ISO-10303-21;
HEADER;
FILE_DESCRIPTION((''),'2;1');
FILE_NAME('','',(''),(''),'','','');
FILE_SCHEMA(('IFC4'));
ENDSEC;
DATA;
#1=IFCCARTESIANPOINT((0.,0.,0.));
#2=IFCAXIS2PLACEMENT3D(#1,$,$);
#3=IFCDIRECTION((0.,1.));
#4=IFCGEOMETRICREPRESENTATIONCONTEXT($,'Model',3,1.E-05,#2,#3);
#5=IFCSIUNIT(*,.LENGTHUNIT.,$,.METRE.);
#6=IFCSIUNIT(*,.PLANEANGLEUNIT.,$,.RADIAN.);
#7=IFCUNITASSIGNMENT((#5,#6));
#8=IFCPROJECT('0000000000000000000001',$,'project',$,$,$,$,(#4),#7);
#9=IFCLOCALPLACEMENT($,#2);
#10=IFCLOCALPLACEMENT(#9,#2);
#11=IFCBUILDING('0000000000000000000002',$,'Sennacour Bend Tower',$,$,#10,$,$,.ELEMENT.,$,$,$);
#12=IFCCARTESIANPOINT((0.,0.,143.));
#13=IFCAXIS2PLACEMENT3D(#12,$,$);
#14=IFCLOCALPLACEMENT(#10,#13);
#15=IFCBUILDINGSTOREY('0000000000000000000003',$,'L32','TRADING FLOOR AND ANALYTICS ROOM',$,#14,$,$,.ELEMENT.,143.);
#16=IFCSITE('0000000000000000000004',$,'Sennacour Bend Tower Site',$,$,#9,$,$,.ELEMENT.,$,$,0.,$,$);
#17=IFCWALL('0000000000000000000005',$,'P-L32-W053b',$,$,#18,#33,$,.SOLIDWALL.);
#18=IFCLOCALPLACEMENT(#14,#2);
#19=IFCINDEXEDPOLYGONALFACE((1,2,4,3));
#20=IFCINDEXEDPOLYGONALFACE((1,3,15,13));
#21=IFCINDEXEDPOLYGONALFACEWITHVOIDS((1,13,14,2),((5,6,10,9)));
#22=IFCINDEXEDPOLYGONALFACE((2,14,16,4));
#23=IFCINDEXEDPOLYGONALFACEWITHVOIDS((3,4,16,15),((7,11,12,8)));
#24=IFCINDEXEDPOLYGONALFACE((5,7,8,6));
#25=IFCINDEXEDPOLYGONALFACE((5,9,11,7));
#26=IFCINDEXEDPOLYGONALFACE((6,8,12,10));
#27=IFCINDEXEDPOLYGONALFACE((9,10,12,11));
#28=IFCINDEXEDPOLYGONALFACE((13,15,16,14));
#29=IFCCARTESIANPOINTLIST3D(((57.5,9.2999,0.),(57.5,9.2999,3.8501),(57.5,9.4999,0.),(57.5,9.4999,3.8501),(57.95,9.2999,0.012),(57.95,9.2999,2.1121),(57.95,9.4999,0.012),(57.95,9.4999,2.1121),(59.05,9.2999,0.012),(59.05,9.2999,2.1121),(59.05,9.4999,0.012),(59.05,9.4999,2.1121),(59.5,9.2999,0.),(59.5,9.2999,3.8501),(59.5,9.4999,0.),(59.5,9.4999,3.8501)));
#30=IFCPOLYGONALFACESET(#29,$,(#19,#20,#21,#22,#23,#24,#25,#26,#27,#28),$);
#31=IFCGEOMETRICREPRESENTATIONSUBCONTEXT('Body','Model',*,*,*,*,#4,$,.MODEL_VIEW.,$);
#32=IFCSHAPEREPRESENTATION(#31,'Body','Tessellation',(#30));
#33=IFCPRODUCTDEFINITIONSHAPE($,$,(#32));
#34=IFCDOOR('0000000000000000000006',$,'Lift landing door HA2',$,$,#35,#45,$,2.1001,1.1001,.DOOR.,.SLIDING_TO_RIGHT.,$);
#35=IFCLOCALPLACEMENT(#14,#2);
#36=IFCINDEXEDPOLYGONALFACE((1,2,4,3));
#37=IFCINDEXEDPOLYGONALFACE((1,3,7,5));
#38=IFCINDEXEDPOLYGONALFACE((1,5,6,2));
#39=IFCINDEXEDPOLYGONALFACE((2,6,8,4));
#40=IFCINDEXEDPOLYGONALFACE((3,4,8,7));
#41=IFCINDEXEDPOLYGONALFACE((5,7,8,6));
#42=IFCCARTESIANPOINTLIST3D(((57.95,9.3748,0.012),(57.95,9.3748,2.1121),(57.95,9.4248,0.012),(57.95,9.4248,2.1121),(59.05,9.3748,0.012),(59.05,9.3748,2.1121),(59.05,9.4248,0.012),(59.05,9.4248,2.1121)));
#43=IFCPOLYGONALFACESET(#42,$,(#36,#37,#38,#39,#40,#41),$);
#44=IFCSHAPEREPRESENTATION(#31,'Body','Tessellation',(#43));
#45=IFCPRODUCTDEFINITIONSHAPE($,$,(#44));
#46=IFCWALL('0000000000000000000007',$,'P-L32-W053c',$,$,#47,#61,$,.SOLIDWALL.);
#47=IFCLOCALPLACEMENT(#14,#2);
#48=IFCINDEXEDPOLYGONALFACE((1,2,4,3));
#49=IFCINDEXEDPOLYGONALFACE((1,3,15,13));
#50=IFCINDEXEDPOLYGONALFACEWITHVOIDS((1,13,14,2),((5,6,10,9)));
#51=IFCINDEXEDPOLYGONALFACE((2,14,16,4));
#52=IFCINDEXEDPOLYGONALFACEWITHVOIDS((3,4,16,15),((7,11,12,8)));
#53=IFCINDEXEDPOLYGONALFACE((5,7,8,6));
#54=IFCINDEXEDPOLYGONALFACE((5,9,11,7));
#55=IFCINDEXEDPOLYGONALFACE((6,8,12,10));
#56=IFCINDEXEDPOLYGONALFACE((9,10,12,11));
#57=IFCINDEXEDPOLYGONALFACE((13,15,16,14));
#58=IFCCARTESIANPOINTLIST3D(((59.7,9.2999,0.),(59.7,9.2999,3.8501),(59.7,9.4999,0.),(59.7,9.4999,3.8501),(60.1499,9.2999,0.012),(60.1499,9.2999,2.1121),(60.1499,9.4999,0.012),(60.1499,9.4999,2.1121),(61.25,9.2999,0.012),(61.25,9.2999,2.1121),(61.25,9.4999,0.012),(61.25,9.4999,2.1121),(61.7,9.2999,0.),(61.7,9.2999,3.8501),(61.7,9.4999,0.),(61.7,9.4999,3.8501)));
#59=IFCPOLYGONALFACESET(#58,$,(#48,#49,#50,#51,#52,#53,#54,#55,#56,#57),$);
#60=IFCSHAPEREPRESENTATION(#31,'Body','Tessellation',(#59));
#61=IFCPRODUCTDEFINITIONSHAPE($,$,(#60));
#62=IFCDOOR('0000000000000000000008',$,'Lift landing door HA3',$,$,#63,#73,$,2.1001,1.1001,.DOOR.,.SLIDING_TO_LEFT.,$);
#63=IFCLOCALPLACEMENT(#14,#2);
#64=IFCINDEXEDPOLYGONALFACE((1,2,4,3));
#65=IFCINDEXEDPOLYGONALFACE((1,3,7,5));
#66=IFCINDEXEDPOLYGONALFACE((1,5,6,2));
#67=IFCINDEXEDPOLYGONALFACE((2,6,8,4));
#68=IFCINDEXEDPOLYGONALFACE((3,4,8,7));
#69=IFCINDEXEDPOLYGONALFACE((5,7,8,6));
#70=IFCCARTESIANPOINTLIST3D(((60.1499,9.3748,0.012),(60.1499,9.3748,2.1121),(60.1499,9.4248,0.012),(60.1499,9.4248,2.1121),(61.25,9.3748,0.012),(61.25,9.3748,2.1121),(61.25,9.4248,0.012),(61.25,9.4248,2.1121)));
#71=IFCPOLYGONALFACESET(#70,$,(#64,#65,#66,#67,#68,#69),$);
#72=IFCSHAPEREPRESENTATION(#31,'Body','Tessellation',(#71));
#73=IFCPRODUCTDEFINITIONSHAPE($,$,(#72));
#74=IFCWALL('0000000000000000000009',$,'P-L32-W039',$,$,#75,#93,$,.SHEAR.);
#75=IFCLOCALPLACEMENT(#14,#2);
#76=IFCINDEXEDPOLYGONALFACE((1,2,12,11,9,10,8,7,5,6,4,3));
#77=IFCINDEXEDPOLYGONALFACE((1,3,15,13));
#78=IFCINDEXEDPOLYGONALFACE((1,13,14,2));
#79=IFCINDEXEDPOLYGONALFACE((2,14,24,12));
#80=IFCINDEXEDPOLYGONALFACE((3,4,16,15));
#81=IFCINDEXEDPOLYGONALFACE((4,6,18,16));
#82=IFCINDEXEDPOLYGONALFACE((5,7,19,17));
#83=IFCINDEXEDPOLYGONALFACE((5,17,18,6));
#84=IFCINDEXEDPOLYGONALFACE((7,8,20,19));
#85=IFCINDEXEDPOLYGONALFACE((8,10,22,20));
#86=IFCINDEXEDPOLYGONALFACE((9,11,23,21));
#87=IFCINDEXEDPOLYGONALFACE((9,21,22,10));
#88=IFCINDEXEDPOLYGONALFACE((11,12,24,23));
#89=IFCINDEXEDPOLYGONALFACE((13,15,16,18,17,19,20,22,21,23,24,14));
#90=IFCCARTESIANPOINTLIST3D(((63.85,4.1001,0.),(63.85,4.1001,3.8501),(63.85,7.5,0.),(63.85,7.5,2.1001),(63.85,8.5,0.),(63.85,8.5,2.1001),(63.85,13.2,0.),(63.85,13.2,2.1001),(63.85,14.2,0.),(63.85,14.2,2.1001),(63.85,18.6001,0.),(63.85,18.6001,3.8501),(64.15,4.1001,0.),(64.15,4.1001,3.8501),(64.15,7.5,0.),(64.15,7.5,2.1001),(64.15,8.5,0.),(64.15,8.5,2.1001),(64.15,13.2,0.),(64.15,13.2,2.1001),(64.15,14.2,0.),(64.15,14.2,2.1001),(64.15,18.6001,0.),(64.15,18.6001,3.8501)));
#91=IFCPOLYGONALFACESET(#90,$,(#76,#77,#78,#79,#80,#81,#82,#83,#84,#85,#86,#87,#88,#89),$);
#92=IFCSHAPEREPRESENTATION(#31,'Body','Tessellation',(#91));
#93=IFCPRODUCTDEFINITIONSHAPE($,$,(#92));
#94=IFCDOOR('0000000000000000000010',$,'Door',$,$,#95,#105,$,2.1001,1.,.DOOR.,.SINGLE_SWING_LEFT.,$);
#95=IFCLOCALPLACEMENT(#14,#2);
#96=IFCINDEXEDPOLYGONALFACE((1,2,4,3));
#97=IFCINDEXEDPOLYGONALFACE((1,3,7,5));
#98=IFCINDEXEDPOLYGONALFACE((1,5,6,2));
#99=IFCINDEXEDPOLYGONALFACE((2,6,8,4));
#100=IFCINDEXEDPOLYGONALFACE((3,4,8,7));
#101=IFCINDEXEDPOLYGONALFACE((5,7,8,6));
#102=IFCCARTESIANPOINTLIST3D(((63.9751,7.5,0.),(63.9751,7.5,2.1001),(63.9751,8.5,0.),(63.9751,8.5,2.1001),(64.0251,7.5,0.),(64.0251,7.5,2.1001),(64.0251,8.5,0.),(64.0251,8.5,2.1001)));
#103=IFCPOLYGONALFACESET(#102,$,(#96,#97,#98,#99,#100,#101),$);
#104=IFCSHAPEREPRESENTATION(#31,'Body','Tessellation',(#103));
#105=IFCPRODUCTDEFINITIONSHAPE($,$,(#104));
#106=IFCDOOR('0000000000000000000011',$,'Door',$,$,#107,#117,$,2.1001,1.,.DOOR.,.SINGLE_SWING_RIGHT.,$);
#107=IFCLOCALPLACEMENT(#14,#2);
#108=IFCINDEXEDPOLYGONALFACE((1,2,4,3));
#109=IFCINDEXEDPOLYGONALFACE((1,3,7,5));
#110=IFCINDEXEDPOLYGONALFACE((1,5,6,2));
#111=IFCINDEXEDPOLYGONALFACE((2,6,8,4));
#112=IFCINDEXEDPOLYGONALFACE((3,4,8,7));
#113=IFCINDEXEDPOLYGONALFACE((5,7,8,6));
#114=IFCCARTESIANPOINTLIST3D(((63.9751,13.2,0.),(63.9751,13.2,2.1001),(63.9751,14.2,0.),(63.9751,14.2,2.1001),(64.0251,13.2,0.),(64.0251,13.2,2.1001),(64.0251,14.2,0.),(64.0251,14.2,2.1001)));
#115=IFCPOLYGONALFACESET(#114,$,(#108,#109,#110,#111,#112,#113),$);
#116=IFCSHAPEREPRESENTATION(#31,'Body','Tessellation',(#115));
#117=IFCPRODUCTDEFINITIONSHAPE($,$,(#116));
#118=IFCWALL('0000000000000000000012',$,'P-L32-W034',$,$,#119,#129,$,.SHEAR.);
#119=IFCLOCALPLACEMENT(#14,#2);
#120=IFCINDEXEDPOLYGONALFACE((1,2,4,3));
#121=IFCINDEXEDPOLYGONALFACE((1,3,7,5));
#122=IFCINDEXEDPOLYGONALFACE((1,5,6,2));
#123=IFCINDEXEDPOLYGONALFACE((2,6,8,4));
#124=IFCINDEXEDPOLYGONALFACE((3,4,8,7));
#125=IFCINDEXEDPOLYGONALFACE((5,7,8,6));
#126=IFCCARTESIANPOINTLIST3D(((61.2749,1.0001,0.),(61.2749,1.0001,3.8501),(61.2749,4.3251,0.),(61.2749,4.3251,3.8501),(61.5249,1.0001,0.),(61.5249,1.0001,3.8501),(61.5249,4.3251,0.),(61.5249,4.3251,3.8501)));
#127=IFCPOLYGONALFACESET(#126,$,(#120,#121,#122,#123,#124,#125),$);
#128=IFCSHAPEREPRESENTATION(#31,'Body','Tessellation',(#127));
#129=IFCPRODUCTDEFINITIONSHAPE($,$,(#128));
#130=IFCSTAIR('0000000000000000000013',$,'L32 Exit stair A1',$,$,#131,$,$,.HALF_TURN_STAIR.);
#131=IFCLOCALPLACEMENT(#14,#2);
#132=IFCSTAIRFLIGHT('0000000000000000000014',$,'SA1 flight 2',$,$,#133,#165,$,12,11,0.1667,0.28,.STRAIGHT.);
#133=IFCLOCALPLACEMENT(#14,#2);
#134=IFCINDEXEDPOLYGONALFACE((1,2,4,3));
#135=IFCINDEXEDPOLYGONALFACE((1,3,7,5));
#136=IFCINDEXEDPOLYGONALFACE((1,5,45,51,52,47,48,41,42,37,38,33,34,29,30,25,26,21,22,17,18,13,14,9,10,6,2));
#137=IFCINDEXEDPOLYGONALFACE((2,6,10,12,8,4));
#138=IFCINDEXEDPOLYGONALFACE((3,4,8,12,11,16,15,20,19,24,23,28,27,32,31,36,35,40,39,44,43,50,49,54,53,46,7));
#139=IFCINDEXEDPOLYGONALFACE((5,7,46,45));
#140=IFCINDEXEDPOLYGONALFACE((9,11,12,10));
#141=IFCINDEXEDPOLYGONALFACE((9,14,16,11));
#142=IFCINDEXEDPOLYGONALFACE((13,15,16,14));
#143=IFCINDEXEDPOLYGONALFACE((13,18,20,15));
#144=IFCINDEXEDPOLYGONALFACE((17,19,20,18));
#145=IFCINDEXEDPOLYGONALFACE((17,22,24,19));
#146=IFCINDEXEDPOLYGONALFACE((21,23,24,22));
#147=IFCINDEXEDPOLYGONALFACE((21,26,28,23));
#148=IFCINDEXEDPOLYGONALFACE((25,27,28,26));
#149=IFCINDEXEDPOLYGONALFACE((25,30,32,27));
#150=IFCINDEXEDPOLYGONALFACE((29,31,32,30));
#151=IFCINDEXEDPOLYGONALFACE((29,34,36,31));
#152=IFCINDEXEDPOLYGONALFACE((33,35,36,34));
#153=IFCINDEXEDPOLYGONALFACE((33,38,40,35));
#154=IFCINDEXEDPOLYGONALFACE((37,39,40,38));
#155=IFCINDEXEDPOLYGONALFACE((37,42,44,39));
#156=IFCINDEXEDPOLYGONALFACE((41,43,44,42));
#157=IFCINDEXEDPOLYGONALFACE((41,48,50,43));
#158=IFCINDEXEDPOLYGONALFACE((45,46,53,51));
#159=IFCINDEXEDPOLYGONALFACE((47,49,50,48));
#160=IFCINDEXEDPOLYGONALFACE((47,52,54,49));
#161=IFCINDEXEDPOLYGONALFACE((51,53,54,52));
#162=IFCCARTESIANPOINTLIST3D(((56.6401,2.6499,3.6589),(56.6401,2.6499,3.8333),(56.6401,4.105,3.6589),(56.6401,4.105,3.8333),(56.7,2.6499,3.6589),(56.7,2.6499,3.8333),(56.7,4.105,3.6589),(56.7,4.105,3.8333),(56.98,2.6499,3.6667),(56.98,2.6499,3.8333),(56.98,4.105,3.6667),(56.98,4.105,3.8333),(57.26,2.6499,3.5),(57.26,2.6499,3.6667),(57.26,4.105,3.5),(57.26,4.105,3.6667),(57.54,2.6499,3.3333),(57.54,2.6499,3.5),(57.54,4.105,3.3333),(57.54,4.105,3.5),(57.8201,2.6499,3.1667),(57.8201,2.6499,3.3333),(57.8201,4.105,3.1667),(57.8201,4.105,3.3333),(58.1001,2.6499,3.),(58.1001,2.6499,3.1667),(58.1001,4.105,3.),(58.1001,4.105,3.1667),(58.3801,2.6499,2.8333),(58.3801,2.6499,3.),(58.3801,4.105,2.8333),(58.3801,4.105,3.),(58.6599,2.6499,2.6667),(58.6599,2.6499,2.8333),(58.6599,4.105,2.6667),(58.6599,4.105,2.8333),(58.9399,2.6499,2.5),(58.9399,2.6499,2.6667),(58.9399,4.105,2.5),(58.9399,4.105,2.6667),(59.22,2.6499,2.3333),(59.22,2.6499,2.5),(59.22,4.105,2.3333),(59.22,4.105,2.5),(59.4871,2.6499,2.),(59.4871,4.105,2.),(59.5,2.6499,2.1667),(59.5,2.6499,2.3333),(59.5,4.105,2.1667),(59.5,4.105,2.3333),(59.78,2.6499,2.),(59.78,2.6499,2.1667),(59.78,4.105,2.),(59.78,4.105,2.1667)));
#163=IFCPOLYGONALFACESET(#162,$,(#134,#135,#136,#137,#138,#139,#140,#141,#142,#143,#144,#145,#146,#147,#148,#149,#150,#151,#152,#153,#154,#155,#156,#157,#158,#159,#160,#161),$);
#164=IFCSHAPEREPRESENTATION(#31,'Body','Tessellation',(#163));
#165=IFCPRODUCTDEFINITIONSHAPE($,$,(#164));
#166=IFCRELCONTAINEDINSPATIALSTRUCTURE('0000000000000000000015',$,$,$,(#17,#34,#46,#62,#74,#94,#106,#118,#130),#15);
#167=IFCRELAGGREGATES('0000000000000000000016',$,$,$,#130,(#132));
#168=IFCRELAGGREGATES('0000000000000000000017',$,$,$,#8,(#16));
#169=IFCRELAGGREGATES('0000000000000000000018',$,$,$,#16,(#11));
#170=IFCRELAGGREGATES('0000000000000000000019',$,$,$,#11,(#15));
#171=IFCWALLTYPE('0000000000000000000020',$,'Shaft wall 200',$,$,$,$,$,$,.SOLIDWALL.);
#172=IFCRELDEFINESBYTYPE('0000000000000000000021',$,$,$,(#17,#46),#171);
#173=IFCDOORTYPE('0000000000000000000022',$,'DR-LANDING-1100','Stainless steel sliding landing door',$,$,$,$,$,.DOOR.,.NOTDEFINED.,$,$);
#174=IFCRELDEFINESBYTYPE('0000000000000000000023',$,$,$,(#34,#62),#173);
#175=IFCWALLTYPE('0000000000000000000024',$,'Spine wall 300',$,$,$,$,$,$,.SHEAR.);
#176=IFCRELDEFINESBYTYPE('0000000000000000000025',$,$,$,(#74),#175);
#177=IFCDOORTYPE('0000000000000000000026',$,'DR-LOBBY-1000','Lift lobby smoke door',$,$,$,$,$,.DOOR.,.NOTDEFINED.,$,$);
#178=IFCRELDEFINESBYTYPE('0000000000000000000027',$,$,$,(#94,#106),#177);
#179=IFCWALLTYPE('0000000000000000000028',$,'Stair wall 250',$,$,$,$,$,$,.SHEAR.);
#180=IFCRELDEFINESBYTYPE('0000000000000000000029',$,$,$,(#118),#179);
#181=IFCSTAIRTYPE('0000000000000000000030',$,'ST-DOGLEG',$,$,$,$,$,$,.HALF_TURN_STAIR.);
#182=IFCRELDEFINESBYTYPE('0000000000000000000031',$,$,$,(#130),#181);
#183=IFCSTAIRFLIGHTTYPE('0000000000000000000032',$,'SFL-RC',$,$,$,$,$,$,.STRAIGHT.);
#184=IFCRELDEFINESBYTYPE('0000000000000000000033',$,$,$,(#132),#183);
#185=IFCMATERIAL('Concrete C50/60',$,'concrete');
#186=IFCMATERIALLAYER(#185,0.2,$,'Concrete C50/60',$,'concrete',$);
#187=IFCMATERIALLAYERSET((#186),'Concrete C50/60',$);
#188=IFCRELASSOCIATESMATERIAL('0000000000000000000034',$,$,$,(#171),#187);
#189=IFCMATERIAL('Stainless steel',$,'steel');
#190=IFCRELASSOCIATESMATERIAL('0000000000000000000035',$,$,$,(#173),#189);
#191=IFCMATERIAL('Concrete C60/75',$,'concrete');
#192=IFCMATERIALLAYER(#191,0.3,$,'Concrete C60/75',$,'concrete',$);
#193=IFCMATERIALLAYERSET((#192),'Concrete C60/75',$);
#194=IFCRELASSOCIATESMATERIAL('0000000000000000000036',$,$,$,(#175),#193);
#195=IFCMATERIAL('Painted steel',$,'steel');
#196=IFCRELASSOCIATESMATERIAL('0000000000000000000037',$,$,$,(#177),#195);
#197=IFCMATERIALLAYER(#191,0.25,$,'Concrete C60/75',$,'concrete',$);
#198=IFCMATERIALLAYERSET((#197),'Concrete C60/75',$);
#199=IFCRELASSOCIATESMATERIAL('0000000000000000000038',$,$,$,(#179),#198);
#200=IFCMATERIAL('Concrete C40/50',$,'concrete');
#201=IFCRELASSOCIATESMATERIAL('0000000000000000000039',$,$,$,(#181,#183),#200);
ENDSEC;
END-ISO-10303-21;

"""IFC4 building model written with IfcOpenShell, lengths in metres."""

from ifc_helpers import new_model, si_unit, direction, frame, frame_2d, origin, place, context, subcontext, project, spatial, polyline, rectangle, outline, extrude, material, layer, layer_set, type_object, element, fill, aggregate, save


model = new_model("IFC4")

# Units and contexts
model_context = context("Model", 3, precision=1e-05, world=origin(), true_north=direction((0.0, 1.0)))
body_context = subcontext(model_context, "Body", "Model", "MODEL_VIEW")
ifc_project = project(units=[si_unit("LENGTHUNIT", "METRE"), si_unit("PLANEANGLEUNIT", "RADIAN")], contexts=[model_context])

# Site, building, storey
site_placement = place(None, origin())
site = spatial("IfcSite", under=ifc_project, at=site_placement, Name="Sennacour Bend Tower Site", CompositionType="ELEMENT", RefElevation=0.0)
building_placement = place(site_placement, origin())
building = spatial("IfcBuilding", under=site, at=building_placement, Name="Sennacour Bend Tower", CompositionType="ELEMENT")
storey_placement = place(building_placement, frame((0.0, 0.0, 143.0)))
storey = spatial("IfcBuildingStorey", under=building, at=storey_placement, Name="L32", Description="TRADING FLOOR AND ANALYTICS ROOM", CompositionType="ELEMENT", Elevation=143.0)

# Shared definitions
ifc_material_1 = material(Name="Concrete C60/75", Category="concrete")

# Shared definitions
ifc_material_2 = material(Name="Painted steel", Category="steel")

# Shared definitions
ifc_material_3 = material(Name="Concrete C50/60", Category="concrete")
ifc_layer_1 = layer(ifc_material_3, 0.2, Name="Concrete C50/60", Category="concrete")
ifc_layer_set_1 = layer_set([ifc_layer_1], Name="Concrete C50/60")
wall_type_1 = type_object("IfcWallType", Name="Shaft wall 200", PredefinedType="SOLIDWALL", material=ifc_layer_set_1)

# Walls, openings, doors
wall_1_placement = place(storey_placement, frame((57.5, 9.3999, 0.0), z_axis=(0.0, 0.0, 1.0), x_axis=(1.0, 0.0, 0.0)))
wall_1 = element("IfcWall", 1, at=wall_1_placement, inside=storey, type_object=wall_type_1, Name="P-L32-W053b", PredefinedType="SOLIDWALL", context=body_context, shape_type="SweptSolid", body=[
    extrude(rectangle(XDim=2.0, YDim=0.2, at=frame_2d((1.0, 0.0))), origin(), (0.0, 0.0, 1.0), 3.8501),
])
opening_1_placement = place(wall_1_placement, frame((0.45, 0.0, 0.012)))
opening_1 = element("IfcOpeningElement", 2, at=opening_1_placement, cuts=wall_1, PredefinedType="OPENING", context=body_context, shape_type="SweptSolid", body=[
    extrude(rectangle(XDim=1.1001, YDim=2.1001, at=frame_2d((0.55, 1.05))), frame((0.0, 0.1099, 0.0), z_axis=(0.0, -1.0, 0.0), x_axis=(1.0, 0.0, 0.0)), (0.0, 0.0, 1.0), 0.22),
])
ifc_material_4 = material(Name="Stainless steel", Category="steel")
door_type_1 = type_object("IfcDoorType", Name="DR-LANDING-1100", Description="Stainless steel sliding landing door", OperationType="NOTDEFINED", PredefinedType="DOOR", material=ifc_material_4)
door_1_placement = place(opening_1_placement, origin())
door_1 = element("IfcDoor", 3, at=door_1_placement, inside=storey, type_object=door_type_1, Name="Lift landing door HA2", OperationType="SLIDING_TO_RIGHT", OverallHeight=2.1001, OverallWidth=1.1001, PredefinedType="DOOR", context=body_context, shape_type="SweptSolid", body=[
    extrude(rectangle(XDim=1.1001, YDim=2.1001, at=frame_2d((0.55, 1.05))), frame((0.0, 0.0249, 0.0), z_axis=(0.0, -1.0, 0.0), x_axis=(1.0, 0.0, 0.0)), (0.0, 0.0, 1.0), 0.05),
])
fill(opening_1, door_1)
wall_2_placement = place(storey_placement, frame((59.7, 9.3999, 0.0), z_axis=(0.0, 0.0, 1.0), x_axis=(1.0, 0.0, 0.0)))
wall_2 = element("IfcWall", 4, at=wall_2_placement, inside=storey, type_object=wall_type_1, Name="P-L32-W053c", PredefinedType="SOLIDWALL", context=body_context, shape_type="SweptSolid", body=[
    extrude(rectangle(XDim=2.0, YDim=0.2, at=frame_2d((1.0, 0.0))), origin(), (0.0, 0.0, 1.0), 3.8501),
])
opening_2_placement = place(wall_2_placement, frame((0.45, 0.0, 0.012)))
opening_2 = element("IfcOpeningElement", 5, at=opening_2_placement, cuts=wall_2, PredefinedType="OPENING", context=body_context, shape_type="SweptSolid", body=[
    extrude(rectangle(XDim=1.1001, YDim=2.1001, at=frame_2d((0.55, 1.05))), frame((0.0, 0.1099, 0.0), z_axis=(0.0, -1.0, 0.0), x_axis=(1.0, 0.0, 0.0)), (0.0, 0.0, 1.0), 0.22),
])
door_2_placement = place(opening_2_placement, origin())
door_2 = element("IfcDoor", 6, at=door_2_placement, inside=storey, type_object=door_type_1, Name="Lift landing door HA3", OperationType="SLIDING_TO_LEFT", OverallHeight=2.1001, OverallWidth=1.1001, PredefinedType="DOOR", context=body_context, shape_type="SweptSolid", body=[
    extrude(rectangle(XDim=1.1001, YDim=2.1001, at=frame_2d((0.55, 1.05))), frame((0.0, 0.0249, 0.0), z_axis=(0.0, -1.0, 0.0), x_axis=(1.0, 0.0, 0.0)), (0.0, 0.0, 1.0), 0.05),
])
fill(opening_2, door_2)

# Wall, openings, doors
ifc_layer_2 = layer(ifc_material_1, 0.3, Name="Concrete C60/75", Category="concrete")
ifc_layer_set_2 = layer_set([ifc_layer_2], Name="Concrete C60/75")
wall_type_2 = type_object("IfcWallType", Name="Spine wall 300", PredefinedType="SHEAR", material=ifc_layer_set_2)
wall_3_placement = place(storey_placement, frame((64.0, 4.1001, 0.0), z_axis=(0.0, 0.0, 1.0), x_axis=(0.0, 1.0, 0.0)))
wall_3 = element("IfcWall", 7, at=wall_3_placement, inside=storey, type_object=wall_type_2, Name="P-L32-W039", PredefinedType="SHEAR", context=body_context, shape_type="SweptSolid", body=[
    extrude(rectangle(XDim=14.5, YDim=0.3, at=frame_2d((7.25, 0.0))), origin(), (0.0, 0.0, 1.0), 3.8501),
])
opening_3_placement = place(wall_3_placement, frame((3.3999, 0.0, 0.0)))
opening_3 = element("IfcOpeningElement", 8, at=opening_3_placement, cuts=wall_3, PredefinedType="OPENING", context=body_context, shape_type="SweptSolid", body=[
    extrude(rectangle(XDim=1.0, YDim=2.1001, at=frame_2d((0.5, 1.05))), frame((0.0, 0.1602, 0.0), z_axis=(0.0, -1.0, 0.0), x_axis=(1.0, 0.0, 0.0)), (0.0, 0.0, 1.0), 0.3201),
])
opening_4_placement = place(wall_3_placement, frame((9.0999, 0.0, 0.0)))
opening_4 = element("IfcOpeningElement", 9, at=opening_4_placement, cuts=wall_3, PredefinedType="OPENING", context=body_context, shape_type="SweptSolid", body=[
    extrude(rectangle(XDim=1.0, YDim=2.1001, at=frame_2d((0.5, 1.05))), frame((0.0, 0.1602, 0.0), z_axis=(0.0, -1.0, 0.0), x_axis=(1.0, 0.0, 0.0)), (0.0, 0.0, 1.0), 0.3201),
])
door_type_2 = type_object("IfcDoorType", Name="DR-LOBBY-1000", Description="Lift lobby smoke door", OperationType="NOTDEFINED", PredefinedType="DOOR", material=ifc_material_2)
door_3_placement = place(opening_3_placement, origin())
door_3 = element("IfcDoor", 10, at=door_3_placement, inside=storey, type_object=door_type_2, Name="Door", OperationType="SINGLE_SWING_LEFT", OverallHeight=2.1001, OverallWidth=1.0, PredefinedType="DOOR", context=body_context, shape_type="SweptSolid", body=[
    extrude(rectangle(XDim=1.0, YDim=2.1001, at=frame_2d((0.5, 1.05))), frame((0.0, 0.0249, 0.0), z_axis=(0.0, -1.0, 0.0), x_axis=(1.0, 0.0, 0.0)), (0.0, 0.0, 1.0), 0.05),
])
fill(opening_3, door_3)
door_4_placement = place(opening_4_placement, origin())
door_4 = element("IfcDoor", 11, at=door_4_placement, inside=storey, type_object=door_type_2, Name="Door", OperationType="SINGLE_SWING_RIGHT", OverallHeight=2.1001, OverallWidth=1.0, PredefinedType="DOOR", context=body_context, shape_type="SweptSolid", body=[
    extrude(rectangle(XDim=1.0, YDim=2.1001, at=frame_2d((0.5, 1.05))), frame((0.0, 0.0249, 0.0), z_axis=(0.0, -1.0, 0.0), x_axis=(1.0, 0.0, 0.0)), (0.0, 0.0, 1.0), 0.05),
])
fill(opening_4, door_4)

# Wall
ifc_layer_3 = layer(ifc_material_1, 0.25, Name="Concrete C60/75", Category="concrete")
ifc_layer_set_3 = layer_set([ifc_layer_3], Name="Concrete C60/75")
wall_type_3 = type_object("IfcWallType", Name="Stair wall 250", PredefinedType="SHEAR", material=ifc_layer_set_3)
wall_4_placement = place(storey_placement, frame((61.3999, 1.0, 0.0), z_axis=(0.0, 0.0, 1.0), x_axis=(0.0, 1.0, 0.0)))
element("IfcWall", 12, at=wall_4_placement, inside=storey, type_object=wall_type_3, Name="P-L32-W034", PredefinedType="SHEAR", context=body_context, shape_type="SweptSolid", body=[
    extrude(rectangle(XDim=3.325, YDim=0.25, at=frame_2d((1.6626, 0.0))), origin(), (0.0, 0.0, 1.0), 3.8501),
])

# Stair, stair flight
ifc_material_5 = material(Name="Concrete C40/50", Category="concrete")
stair_type = type_object("IfcStairType", Name="ST-DOGLEG", PredefinedType="HALF_TURN_STAIR", material=ifc_material_5)
stair_placement = place(storey_placement, origin())
stair = element("IfcStair", 13, at=stair_placement, inside=storey, type_object=stair_type, Name="L32 Exit stair A1", PredefinedType="HALF_TURN_STAIR")
stair_flight_type = type_object("IfcStairFlightType", Name="SFL-RC", PredefinedType="STRAIGHT", material=ifc_material_5)
stair_flight_placement = place(storey_placement, frame((59.78, 3.3774, 2.0), z_axis=(0.0, 0.0, 1.0), x_axis=(-1.0, 0.0, 0.0)))
stair_flight = element("IfcStairFlight", 14, at=stair_flight_placement, type_object=stair_flight_type, Name="SA1 flight 2", NumberOfRisers=12, NumberOfTreads=11, PredefinedType="STRAIGHT", RiserHeight=0.1667, TreadLength=0.28, context=body_context, shape_type="SweptSolid", body=[
    extrude(outline(polyline([(0.0, 0.0), (0.0, 0.1667), (0.28, 0.1667), (0.28, 0.3333), (0.5601, 0.3333), (0.5601, 0.5), (0.8401, 0.5), (0.8401, 0.6667), (1.1201, 0.6667), (1.1201, 0.8333), (1.3999, 0.8333), (1.3999, 1.0), (1.6799, 1.0), (1.6799, 1.1667), (1.96, 1.1667), (1.96, 1.3333), (2.24, 1.3333), (2.24, 1.5), (2.52, 1.5), (2.52, 1.6667), (2.8, 1.6667), (2.8, 1.8333), (3.0801, 1.8333), (3.1399, 1.8333), (3.1399, 1.6589), (3.0801, 1.6589), (0.293, 0.0), (0.0, 0.0)])), frame((0.0, 0.7275, 0.0), z_axis=(0.0, -1.0, 0.0), x_axis=(1.0, 0.0, 0.0)), (0.0, 0.0, 1.0), 1.4551),
])
aggregate(stair, [stair_flight])

save(model, "model.ifc")
